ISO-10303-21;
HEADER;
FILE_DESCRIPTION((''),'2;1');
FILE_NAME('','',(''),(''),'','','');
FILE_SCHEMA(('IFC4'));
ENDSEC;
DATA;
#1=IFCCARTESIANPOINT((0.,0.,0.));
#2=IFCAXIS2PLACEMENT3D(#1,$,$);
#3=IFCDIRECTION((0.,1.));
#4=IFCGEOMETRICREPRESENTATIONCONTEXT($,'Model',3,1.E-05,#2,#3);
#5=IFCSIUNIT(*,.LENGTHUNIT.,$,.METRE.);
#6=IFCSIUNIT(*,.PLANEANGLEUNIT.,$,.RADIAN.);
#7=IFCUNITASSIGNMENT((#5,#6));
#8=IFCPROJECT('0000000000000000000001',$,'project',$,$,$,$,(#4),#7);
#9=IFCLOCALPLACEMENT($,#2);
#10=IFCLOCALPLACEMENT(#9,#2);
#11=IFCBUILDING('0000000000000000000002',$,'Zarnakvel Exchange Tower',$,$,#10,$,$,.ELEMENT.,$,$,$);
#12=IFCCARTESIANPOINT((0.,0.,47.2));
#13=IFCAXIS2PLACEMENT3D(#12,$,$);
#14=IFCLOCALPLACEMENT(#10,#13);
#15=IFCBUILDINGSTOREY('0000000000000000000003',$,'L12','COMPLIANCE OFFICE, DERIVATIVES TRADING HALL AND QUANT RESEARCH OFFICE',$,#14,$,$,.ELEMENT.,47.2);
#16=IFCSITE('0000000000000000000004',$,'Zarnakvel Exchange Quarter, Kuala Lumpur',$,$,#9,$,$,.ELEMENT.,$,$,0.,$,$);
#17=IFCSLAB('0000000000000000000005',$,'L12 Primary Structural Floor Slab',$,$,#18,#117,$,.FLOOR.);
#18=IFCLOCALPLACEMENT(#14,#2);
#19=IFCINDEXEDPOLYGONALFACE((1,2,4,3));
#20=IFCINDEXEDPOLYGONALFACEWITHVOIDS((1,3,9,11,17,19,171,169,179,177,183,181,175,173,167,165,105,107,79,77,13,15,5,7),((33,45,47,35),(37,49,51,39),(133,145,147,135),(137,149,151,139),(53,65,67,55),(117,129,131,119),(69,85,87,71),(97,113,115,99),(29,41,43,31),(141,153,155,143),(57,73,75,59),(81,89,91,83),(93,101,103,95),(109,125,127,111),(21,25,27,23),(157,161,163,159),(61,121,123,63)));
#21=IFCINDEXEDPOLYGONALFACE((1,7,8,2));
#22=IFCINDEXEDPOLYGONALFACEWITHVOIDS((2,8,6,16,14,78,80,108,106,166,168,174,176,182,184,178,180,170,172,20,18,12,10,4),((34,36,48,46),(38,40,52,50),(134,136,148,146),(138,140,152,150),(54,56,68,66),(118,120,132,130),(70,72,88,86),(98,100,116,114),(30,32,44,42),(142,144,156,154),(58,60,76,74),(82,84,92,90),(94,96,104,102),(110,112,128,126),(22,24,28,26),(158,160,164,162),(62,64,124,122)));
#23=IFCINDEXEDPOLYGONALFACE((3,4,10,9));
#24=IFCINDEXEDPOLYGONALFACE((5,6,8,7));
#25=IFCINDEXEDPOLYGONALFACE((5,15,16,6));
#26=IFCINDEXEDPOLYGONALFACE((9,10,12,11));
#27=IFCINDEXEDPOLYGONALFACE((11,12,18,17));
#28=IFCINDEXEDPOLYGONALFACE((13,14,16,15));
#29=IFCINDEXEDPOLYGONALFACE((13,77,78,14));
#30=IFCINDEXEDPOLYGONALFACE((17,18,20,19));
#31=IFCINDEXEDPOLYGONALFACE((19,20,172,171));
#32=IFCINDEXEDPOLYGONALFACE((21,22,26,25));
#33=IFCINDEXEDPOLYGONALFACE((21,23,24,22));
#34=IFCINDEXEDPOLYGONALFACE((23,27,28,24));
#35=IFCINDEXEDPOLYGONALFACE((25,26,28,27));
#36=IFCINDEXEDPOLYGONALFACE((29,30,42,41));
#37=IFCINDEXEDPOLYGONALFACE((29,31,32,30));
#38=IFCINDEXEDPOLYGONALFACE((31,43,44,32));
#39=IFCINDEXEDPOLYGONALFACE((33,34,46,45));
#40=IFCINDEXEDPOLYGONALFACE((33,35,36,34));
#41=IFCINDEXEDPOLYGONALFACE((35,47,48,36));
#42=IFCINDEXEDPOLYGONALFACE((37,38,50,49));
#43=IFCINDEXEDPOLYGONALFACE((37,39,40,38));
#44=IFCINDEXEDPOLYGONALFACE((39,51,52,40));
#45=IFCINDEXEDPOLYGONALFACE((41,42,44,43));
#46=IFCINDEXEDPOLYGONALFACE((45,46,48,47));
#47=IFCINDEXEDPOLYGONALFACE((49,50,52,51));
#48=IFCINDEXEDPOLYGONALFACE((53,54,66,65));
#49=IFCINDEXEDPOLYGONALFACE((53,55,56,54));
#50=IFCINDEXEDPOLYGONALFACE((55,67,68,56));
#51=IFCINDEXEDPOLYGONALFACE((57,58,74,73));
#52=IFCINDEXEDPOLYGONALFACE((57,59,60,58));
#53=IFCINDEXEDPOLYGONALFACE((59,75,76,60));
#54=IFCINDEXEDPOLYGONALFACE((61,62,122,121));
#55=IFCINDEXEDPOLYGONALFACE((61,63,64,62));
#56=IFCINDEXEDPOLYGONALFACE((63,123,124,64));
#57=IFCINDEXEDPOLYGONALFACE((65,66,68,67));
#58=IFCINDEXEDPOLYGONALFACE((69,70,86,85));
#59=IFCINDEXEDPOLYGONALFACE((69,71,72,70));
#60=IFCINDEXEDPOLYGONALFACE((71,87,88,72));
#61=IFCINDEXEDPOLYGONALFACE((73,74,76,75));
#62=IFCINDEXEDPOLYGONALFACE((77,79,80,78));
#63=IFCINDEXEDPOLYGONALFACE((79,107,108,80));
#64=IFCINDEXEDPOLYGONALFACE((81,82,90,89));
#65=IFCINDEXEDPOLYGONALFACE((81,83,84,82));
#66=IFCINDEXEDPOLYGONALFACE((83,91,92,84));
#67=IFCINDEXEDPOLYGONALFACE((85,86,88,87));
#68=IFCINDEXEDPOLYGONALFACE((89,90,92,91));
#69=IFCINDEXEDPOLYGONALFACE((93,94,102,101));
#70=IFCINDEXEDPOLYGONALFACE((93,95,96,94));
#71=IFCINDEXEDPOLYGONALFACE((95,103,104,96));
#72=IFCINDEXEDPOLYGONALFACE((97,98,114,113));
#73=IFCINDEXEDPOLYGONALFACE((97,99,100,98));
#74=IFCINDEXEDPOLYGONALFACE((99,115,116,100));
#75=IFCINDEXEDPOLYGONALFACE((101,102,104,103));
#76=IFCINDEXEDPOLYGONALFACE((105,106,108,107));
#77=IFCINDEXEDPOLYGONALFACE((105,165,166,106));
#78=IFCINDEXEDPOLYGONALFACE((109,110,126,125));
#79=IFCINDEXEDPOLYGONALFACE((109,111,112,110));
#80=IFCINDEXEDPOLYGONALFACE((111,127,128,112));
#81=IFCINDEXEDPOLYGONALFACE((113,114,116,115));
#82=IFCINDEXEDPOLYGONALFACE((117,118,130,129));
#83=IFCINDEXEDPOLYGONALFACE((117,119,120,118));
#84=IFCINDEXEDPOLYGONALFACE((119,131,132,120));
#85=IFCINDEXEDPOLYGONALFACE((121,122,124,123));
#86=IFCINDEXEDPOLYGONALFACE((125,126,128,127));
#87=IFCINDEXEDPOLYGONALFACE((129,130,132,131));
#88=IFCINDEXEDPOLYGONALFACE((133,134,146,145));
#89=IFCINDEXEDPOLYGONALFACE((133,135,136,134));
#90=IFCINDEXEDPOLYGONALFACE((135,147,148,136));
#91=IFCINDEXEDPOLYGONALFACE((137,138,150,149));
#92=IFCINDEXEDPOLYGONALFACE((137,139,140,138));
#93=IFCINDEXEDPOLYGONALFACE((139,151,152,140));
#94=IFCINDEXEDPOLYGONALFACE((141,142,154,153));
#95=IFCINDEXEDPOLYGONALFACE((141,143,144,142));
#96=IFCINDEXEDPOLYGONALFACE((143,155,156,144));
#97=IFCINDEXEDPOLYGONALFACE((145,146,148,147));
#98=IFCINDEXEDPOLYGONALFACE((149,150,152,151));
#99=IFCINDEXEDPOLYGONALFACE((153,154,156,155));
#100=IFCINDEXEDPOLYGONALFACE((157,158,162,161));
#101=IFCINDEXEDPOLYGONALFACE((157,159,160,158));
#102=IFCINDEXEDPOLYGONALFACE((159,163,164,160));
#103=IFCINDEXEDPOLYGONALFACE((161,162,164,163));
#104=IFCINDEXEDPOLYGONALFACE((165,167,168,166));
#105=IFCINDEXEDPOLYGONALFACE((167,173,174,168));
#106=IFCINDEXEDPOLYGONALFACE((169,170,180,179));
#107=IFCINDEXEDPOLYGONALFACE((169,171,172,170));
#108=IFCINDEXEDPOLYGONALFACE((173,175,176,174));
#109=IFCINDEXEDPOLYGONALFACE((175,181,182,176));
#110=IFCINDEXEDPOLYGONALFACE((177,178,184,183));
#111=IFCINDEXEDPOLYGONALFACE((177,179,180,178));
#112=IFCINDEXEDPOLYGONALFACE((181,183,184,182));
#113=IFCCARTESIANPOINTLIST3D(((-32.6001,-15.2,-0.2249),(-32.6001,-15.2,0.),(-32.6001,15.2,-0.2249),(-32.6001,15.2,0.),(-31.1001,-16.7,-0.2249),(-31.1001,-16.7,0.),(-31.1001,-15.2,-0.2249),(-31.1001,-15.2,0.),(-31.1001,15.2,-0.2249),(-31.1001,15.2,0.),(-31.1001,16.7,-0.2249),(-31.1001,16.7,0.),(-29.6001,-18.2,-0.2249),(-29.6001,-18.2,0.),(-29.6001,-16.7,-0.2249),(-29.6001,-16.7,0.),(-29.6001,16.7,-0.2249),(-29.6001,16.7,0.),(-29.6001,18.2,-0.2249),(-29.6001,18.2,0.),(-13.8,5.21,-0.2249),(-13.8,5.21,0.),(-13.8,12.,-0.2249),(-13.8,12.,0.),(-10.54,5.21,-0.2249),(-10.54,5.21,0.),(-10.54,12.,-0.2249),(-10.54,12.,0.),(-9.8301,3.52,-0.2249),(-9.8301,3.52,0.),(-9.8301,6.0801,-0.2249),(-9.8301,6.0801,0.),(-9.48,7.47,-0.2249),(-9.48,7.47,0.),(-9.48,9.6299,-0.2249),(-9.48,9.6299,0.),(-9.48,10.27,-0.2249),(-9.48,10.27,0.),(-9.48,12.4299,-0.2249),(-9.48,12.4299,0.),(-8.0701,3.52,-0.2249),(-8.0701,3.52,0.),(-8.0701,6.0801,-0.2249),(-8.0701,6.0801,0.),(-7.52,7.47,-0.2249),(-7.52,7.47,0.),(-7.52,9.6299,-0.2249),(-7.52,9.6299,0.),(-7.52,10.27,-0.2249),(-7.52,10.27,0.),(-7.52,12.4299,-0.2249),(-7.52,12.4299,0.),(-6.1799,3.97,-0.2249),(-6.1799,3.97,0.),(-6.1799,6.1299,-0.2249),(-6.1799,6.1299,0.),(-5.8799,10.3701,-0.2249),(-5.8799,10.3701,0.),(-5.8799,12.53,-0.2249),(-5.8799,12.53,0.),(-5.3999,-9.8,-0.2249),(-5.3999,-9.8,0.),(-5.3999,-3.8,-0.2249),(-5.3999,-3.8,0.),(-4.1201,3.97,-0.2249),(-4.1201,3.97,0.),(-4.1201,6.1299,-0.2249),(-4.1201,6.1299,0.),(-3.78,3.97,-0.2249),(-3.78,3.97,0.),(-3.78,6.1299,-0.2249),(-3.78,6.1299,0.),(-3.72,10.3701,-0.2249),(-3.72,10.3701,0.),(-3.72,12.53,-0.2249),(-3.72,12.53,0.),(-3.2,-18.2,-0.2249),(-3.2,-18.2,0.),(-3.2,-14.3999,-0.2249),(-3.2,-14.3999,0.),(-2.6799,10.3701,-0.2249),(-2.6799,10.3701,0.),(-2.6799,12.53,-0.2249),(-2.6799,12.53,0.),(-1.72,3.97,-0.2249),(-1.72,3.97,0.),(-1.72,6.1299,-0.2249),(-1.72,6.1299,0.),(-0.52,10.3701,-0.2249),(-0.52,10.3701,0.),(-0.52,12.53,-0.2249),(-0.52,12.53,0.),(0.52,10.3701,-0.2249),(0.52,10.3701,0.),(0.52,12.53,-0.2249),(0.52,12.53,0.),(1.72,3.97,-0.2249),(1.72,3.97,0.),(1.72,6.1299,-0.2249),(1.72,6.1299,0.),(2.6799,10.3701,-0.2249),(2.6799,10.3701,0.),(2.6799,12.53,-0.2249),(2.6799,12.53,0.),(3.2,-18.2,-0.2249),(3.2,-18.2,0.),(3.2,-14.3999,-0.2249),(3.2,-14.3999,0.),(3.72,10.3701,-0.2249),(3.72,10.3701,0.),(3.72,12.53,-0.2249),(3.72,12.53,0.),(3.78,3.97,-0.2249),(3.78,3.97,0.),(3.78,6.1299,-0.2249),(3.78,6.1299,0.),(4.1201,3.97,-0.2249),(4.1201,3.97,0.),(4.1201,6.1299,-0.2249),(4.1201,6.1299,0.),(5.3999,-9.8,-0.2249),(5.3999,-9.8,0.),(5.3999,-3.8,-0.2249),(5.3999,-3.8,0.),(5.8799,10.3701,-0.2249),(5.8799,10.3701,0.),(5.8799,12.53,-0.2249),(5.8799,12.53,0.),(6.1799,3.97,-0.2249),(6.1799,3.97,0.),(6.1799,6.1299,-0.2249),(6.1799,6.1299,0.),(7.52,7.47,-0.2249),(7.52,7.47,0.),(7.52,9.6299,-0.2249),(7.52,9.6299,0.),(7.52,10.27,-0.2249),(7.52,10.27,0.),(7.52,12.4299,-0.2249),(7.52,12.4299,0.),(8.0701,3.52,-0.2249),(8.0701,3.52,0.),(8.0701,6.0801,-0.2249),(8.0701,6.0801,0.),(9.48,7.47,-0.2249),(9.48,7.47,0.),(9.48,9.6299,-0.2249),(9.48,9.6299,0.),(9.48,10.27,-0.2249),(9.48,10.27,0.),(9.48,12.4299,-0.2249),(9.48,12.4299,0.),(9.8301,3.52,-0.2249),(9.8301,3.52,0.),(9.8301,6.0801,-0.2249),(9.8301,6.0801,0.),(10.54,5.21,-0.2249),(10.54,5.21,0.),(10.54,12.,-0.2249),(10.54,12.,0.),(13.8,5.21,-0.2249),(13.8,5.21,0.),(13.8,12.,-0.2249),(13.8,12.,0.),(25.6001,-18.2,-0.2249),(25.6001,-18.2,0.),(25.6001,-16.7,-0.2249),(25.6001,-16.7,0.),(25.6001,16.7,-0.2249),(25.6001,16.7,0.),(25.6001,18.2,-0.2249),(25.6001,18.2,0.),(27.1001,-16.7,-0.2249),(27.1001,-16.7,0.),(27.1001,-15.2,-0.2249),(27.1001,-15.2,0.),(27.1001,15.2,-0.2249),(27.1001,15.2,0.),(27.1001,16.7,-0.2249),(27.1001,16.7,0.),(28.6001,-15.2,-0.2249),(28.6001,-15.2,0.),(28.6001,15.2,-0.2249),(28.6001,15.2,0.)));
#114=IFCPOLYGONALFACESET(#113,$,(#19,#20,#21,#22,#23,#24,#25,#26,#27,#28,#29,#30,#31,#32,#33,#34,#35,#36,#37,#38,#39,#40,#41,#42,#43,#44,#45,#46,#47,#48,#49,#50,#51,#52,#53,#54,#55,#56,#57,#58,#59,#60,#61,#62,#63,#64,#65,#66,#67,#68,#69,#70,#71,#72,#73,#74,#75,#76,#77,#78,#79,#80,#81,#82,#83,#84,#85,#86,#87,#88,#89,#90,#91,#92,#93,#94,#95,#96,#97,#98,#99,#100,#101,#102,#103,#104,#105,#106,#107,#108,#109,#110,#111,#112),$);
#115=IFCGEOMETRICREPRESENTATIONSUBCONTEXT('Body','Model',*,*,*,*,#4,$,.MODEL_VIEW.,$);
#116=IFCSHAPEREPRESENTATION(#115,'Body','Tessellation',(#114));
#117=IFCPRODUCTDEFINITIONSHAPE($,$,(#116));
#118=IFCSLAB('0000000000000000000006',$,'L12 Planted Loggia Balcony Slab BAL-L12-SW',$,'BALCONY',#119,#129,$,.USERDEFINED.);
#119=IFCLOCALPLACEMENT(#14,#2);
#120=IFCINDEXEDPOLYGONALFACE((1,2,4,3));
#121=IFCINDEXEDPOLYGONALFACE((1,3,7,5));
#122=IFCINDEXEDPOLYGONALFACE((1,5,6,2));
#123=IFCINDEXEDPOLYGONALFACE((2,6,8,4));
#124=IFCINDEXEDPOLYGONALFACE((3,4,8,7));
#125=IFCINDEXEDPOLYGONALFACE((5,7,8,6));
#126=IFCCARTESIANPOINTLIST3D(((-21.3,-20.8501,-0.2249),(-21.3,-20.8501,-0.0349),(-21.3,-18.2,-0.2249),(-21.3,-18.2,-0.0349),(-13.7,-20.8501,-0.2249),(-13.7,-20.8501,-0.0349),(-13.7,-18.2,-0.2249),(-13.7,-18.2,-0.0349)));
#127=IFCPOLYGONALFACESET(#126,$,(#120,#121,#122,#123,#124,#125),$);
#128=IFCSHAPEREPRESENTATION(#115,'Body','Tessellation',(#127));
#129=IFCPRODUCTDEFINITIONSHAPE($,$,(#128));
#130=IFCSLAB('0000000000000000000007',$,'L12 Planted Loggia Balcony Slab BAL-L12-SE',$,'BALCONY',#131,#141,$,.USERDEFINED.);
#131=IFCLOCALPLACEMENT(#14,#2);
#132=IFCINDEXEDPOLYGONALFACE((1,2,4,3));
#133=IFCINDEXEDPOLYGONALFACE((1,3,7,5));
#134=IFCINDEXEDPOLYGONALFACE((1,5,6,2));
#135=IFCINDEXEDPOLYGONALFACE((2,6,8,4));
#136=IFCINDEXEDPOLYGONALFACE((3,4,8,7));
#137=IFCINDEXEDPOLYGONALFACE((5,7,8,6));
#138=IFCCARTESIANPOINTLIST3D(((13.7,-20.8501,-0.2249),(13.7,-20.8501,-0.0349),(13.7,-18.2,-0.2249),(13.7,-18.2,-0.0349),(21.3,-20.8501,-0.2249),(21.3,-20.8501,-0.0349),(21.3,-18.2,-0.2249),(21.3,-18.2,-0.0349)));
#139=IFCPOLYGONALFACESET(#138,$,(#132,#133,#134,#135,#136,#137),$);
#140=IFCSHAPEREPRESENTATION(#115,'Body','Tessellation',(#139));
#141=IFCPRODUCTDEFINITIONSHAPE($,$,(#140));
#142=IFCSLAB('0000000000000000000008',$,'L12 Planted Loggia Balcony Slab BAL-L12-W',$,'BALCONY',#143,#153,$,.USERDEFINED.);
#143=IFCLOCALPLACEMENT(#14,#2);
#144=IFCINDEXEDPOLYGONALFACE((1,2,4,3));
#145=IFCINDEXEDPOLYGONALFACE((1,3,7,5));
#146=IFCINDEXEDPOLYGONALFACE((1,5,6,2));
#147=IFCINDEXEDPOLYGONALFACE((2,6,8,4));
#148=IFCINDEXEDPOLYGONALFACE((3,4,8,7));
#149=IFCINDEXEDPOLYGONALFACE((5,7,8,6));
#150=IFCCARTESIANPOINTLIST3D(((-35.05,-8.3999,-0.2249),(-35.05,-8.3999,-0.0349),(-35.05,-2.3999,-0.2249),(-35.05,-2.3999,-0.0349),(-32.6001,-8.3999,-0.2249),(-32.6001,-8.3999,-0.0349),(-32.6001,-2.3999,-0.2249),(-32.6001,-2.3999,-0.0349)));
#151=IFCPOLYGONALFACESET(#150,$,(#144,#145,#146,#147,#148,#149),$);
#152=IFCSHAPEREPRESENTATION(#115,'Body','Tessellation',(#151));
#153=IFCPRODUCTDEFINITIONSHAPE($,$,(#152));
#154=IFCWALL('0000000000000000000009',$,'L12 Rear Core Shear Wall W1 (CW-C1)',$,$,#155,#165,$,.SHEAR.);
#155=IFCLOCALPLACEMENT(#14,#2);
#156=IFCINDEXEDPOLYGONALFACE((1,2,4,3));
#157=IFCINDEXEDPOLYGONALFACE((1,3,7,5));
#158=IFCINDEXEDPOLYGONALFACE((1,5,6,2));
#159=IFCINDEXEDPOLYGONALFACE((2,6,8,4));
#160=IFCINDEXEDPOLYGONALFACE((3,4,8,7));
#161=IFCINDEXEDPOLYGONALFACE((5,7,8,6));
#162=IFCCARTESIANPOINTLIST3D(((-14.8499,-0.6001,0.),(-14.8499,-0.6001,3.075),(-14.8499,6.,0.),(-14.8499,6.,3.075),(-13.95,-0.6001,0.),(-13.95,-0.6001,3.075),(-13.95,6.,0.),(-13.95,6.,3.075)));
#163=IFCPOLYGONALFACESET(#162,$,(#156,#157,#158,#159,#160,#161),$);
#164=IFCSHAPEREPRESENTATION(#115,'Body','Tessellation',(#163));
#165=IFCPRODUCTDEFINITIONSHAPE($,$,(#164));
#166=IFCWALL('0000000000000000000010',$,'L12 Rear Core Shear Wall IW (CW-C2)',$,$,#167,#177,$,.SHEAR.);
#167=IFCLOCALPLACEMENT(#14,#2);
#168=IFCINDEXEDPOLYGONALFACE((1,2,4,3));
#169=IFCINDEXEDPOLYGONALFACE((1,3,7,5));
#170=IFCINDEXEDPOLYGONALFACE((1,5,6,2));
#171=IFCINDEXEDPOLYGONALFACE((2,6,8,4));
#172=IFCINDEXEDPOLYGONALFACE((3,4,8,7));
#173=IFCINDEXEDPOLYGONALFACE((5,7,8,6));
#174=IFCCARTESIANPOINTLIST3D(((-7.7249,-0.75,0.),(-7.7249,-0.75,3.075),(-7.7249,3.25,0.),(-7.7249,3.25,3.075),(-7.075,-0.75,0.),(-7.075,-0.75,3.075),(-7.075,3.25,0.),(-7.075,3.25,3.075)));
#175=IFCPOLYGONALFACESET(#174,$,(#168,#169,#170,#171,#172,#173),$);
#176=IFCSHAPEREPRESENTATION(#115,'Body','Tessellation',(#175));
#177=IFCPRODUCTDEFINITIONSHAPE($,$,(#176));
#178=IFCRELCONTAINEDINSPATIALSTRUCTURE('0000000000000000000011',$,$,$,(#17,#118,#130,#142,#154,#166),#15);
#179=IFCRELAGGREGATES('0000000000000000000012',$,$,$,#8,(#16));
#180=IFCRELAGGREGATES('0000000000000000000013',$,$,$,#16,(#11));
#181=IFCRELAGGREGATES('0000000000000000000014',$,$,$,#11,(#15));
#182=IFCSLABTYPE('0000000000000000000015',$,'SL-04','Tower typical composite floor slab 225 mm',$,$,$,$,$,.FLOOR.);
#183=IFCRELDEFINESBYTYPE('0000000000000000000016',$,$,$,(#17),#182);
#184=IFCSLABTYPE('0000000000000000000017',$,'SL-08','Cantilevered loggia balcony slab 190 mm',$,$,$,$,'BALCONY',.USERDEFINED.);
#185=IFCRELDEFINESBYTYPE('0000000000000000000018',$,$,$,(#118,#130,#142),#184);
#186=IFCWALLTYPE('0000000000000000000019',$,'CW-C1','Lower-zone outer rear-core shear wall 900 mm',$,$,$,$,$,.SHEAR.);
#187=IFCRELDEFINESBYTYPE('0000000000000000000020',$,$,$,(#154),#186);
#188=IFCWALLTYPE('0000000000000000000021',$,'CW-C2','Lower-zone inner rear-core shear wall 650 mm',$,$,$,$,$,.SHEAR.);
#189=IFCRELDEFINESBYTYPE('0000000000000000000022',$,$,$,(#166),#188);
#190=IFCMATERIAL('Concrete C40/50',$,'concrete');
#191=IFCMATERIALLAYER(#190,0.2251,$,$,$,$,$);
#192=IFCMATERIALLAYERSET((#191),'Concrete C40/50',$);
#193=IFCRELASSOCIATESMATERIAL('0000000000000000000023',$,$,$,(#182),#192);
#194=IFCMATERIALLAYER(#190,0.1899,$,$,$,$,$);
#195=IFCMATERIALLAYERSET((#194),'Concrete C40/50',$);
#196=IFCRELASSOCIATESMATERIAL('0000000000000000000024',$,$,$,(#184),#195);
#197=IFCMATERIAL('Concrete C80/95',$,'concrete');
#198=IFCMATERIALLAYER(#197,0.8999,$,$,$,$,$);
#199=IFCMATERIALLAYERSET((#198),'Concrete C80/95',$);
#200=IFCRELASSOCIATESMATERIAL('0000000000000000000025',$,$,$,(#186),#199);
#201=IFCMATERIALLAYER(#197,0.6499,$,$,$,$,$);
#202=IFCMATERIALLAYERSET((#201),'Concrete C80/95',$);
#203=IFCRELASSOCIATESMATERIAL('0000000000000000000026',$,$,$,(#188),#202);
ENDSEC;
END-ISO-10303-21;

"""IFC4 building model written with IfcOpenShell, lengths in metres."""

from ifc_helpers import new_model, si_unit, direction, frame, frame_2d, origin, place, context, subcontext, project, spatial, polyline, rectangle, outline, extrude, material, layer, layer_set, type_object, element, save


model = new_model("IFC4")

# Units and contexts
model_context = context("Model", 3, precision=1e-05, world=origin(), true_north=direction((0.0, 1.0)))
body_context = subcontext(model_context, "Body", "Model", "MODEL_VIEW")
ifc_project = project(units=[si_unit("LENGTHUNIT", "METRE"), si_unit("PLANEANGLEUNIT", "RADIAN")], contexts=[model_context])

# Site, building, storey
site_placement = place(None, origin())
site = spatial("IfcSite", under=ifc_project, at=site_placement, Name="Zarnakvel Exchange Quarter, Kuala Lumpur", CompositionType="ELEMENT", RefElevation=0.0)
building_placement = place(site_placement, origin())
building = spatial("IfcBuilding", under=site, at=building_placement, Name="Zarnakvel Exchange Tower", CompositionType="ELEMENT")
storey_placement = place(building_placement, frame((0.0, 0.0, 47.2)))
storey = spatial("IfcBuildingStorey", under=building, at=storey_placement, Name="L12", Description="COMPLIANCE OFFICE, DERIVATIVES TRADING HALL AND QUANT RESEARCH OFFICE", CompositionType="ELEMENT", Elevation=47.2)

# Shared definitions
ifc_material_1 = material(Name="Concrete C80/95", Category="concrete")

# Shared definitions
ifc_material_2 = material(Name="Concrete C40/50", Category="concrete")

# Slabs
ifc_layer_1 = layer(ifc_material_2, 0.2251)
ifc_layer_set_1 = layer_set([ifc_layer_1], Name="Concrete C40/50")
slab_type_1 = type_object("IfcSlabType", Name="SL-04", Description="Tower typical composite floor slab 225 mm", PredefinedType="FLOOR", material=ifc_layer_set_1)
slab_1_placement = place(storey_placement, frame((0.0, 0.0, -0.2249)))
element("IfcSlab", 1, at=slab_1_placement, inside=storey, type_object=slab_type_1, Name="L12 Primary Structural Floor Slab", PredefinedType="FLOOR", context=body_context, shape_type="SweptSolid", body=[
    extrude(outline(polyline([(-32.6001, -15.2), (-31.1001, -15.2), (-31.1001, -16.7), (-29.6001, -16.7), (-29.6001, -18.2), (-3.2, -18.2), (-3.2, -14.3999), (3.2, -14.3999), (3.2, -18.2), (25.6001, -18.2), (25.6001, -16.7), (27.1001, -16.7), (27.1001, -15.2), (28.6001, -15.2), (28.6001, 15.2), (27.1001, 15.2), (27.1001, 16.7), (25.6001, 16.7), (25.6001, 18.2), (-29.6001, 18.2), (-29.6001, 16.7), (-31.1001, 16.7), (-31.1001, 15.2), (-32.6001, 15.2), (-32.6001, -15.2)]), holes=[polyline([(-5.3999, -9.8), (5.3999, -9.8), (5.3999, -3.8), (-5.3999, -3.8), (-5.3999, -9.8)]), polyline([(-13.8, 5.21), (-10.54, 5.21), (-10.54, 12.0), (-13.8, 12.0), (-13.8, 5.21)]), polyline([(10.54, 5.21), (13.8, 5.21), (13.8, 12.0), (10.54, 12.0), (10.54, 5.21)]), polyline([(-9.8301, 3.52), (-8.0701, 3.52), (-8.0701, 6.0801), (-9.8301, 6.0801), (-9.8301, 3.52)]), polyline([(8.0701, 3.52), (9.8301, 3.52), (9.8301, 6.0801), (8.0701, 6.0801), (8.0701, 3.52)]), polyline([(-5.8799, 10.3701), (-3.72, 10.3701), (-3.72, 12.53), (-5.8799, 12.53), (-5.8799, 10.3701)]), polyline([(-2.6799, 10.3701), (-0.52, 10.3701), (-0.52, 12.53), (-2.6799, 12.53), (-2.6799, 10.3701)]), polyline([(0.52, 10.3701), (2.6799, 10.3701), (2.6799, 12.53), (0.52, 12.53), (0.52, 10.3701)]), polyline([(3.72, 10.3701), (5.8799, 10.3701), (5.8799, 12.53), (3.72, 12.53), (3.72, 10.3701)]), polyline([(-6.1799, 3.97), (-4.1201, 3.97), (-4.1201, 6.1299), (-6.1799, 6.1299), (-6.1799, 3.97)]), polyline([(-3.78, 3.97), (-1.72, 3.97), (-1.72, 6.1299), (-3.78, 6.1299), (-3.78, 3.97)]), polyline([(1.72, 3.97), (3.78, 3.97), (3.78, 6.1299), (1.72, 6.1299), (1.72, 3.97)]), polyline([(4.1201, 3.97), (6.1799, 3.97), (6.1799, 6.1299), (4.1201, 6.1299), (4.1201, 3.97)]), polyline([(-9.48, 7.47), (-7.52, 7.47), (-7.52, 9.6299), (-9.48, 9.6299), (-9.48, 7.47)]), polyline([(-9.48, 10.27), (-7.52, 10.27), (-7.52, 12.4299), (-9.48, 12.4299), (-9.48, 10.27)]), polyline([(7.52, 7.47), (9.48, 7.47), (9.48, 9.6299), (7.52, 9.6299), (7.52, 7.47)]), polyline([(7.52, 10.27), (9.48, 10.27), (9.48, 12.4299), (7.52, 12.4299), (7.52, 10.27)])]), origin(), (0.0, 0.0, 1.0), 0.2249),
])
ifc_layer_2 = layer(ifc_material_2, 0.1899)
ifc_layer_set_2 = layer_set([ifc_layer_2], Name="Concrete C40/50")
slab_type_2 = type_object("IfcSlabType", Name="SL-08", Description="Cantilevered loggia balcony slab 190 mm", ElementType="BALCONY", PredefinedType="USERDEFINED", material=ifc_layer_set_2)
slab_2_placement = place(storey_placement, frame((0.0, 0.0, -0.2249)))
element("IfcSlab", 2, at=slab_2_placement, inside=storey, type_object=slab_type_2, Name="L12 Planted Loggia Balcony Slab BAL-L12-SW", ObjectType="BALCONY", PredefinedType="USERDEFINED", context=body_context, shape_type="SweptSolid", body=[
    extrude(outline(polyline([(-21.3, -20.8501), (-13.7, -20.8501), (-13.7, -18.2), (-21.3, -18.2), (-21.3, -20.8501)])), origin(), (0.0, 0.0, 1.0), 0.1899),
])
slab_3_placement = place(storey_placement, frame((0.0, 0.0, -0.2249)))
element("IfcSlab", 3, at=slab_3_placement, inside=storey, type_object=slab_type_2, Name="L12 Planted Loggia Balcony Slab BAL-L12-SE", ObjectType="BALCONY", PredefinedType="USERDEFINED", context=body_context, shape_type="SweptSolid", body=[
    extrude(outline(polyline([(13.7, -20.8501), (21.3, -20.8501), (21.3, -18.2), (13.7, -18.2), (13.7, -20.8501)])), origin(), (0.0, 0.0, 1.0), 0.1899),
])
slab_4_placement = place(storey_placement, frame((0.0, 0.0, -0.2249)))
element("IfcSlab", 4, at=slab_4_placement, inside=storey, type_object=slab_type_2, Name="L12 Planted Loggia Balcony Slab BAL-L12-W", ObjectType="BALCONY", PredefinedType="USERDEFINED", context=body_context, shape_type="SweptSolid", body=[
    extrude(outline(polyline([(-35.05, -8.3999), (-32.6001, -8.3999), (-32.6001, -2.3999), (-35.05, -2.3999), (-35.05, -8.3999)])), origin(), (0.0, 0.0, 1.0), 0.1899),
])

# Wall
ifc_layer_3 = layer(ifc_material_1, 0.8999)
ifc_layer_set_3 = layer_set([ifc_layer_3], Name="Concrete C80/95")
wall_type_1 = type_object("IfcWallType", Name="CW-C1", Description="Lower-zone outer rear-core shear wall 900 mm", PredefinedType="SHEAR", material=ifc_layer_set_3)
wall_1_placement = place(storey_placement, frame((-14.3999, -0.6001, 0.0), z_axis=(0.0, 0.0, 1.0), x_axis=(0.0, 1.0, 0.0)))
element("IfcWall", 5, at=wall_1_placement, inside=storey, type_object=wall_type_1, Name="L12 Rear Core Shear Wall W1 (CW-C1)", PredefinedType="SHEAR", context=body_context, shape_type="SweptSolid", body=[
    extrude(rectangle(XDim=6.6001, YDim=0.8999, at=frame_2d((3.3, 0.0))), origin(), (0.0, 0.0, 1.0), 3.075),
])

# Wall
ifc_layer_4 = layer(ifc_material_1, 0.6499)
ifc_layer_set_4 = layer_set([ifc_layer_4], Name="Concrete C80/95")
wall_type_2 = type_object("IfcWallType", Name="CW-C2", Description="Lower-zone inner rear-core shear wall 650 mm", PredefinedType="SHEAR", material=ifc_layer_set_4)
wall_2_placement = place(storey_placement, frame((-7.3999, -0.75, 0.0), z_axis=(0.0, 0.0, 1.0), x_axis=(0.0, 1.0, 0.0)))
element("IfcWall", 6, at=wall_2_placement, inside=storey, type_object=wall_type_2, Name="L12 Rear Core Shear Wall IW (CW-C2)", PredefinedType="SHEAR", context=body_context, shape_type="SweptSolid", body=[
    extrude(rectangle(XDim=4.0, YDim=0.6499, at=frame_2d((2.0, 0.0))), origin(), (0.0, 0.0, 1.0), 3.075),
])

save(model, "model.ifc")
